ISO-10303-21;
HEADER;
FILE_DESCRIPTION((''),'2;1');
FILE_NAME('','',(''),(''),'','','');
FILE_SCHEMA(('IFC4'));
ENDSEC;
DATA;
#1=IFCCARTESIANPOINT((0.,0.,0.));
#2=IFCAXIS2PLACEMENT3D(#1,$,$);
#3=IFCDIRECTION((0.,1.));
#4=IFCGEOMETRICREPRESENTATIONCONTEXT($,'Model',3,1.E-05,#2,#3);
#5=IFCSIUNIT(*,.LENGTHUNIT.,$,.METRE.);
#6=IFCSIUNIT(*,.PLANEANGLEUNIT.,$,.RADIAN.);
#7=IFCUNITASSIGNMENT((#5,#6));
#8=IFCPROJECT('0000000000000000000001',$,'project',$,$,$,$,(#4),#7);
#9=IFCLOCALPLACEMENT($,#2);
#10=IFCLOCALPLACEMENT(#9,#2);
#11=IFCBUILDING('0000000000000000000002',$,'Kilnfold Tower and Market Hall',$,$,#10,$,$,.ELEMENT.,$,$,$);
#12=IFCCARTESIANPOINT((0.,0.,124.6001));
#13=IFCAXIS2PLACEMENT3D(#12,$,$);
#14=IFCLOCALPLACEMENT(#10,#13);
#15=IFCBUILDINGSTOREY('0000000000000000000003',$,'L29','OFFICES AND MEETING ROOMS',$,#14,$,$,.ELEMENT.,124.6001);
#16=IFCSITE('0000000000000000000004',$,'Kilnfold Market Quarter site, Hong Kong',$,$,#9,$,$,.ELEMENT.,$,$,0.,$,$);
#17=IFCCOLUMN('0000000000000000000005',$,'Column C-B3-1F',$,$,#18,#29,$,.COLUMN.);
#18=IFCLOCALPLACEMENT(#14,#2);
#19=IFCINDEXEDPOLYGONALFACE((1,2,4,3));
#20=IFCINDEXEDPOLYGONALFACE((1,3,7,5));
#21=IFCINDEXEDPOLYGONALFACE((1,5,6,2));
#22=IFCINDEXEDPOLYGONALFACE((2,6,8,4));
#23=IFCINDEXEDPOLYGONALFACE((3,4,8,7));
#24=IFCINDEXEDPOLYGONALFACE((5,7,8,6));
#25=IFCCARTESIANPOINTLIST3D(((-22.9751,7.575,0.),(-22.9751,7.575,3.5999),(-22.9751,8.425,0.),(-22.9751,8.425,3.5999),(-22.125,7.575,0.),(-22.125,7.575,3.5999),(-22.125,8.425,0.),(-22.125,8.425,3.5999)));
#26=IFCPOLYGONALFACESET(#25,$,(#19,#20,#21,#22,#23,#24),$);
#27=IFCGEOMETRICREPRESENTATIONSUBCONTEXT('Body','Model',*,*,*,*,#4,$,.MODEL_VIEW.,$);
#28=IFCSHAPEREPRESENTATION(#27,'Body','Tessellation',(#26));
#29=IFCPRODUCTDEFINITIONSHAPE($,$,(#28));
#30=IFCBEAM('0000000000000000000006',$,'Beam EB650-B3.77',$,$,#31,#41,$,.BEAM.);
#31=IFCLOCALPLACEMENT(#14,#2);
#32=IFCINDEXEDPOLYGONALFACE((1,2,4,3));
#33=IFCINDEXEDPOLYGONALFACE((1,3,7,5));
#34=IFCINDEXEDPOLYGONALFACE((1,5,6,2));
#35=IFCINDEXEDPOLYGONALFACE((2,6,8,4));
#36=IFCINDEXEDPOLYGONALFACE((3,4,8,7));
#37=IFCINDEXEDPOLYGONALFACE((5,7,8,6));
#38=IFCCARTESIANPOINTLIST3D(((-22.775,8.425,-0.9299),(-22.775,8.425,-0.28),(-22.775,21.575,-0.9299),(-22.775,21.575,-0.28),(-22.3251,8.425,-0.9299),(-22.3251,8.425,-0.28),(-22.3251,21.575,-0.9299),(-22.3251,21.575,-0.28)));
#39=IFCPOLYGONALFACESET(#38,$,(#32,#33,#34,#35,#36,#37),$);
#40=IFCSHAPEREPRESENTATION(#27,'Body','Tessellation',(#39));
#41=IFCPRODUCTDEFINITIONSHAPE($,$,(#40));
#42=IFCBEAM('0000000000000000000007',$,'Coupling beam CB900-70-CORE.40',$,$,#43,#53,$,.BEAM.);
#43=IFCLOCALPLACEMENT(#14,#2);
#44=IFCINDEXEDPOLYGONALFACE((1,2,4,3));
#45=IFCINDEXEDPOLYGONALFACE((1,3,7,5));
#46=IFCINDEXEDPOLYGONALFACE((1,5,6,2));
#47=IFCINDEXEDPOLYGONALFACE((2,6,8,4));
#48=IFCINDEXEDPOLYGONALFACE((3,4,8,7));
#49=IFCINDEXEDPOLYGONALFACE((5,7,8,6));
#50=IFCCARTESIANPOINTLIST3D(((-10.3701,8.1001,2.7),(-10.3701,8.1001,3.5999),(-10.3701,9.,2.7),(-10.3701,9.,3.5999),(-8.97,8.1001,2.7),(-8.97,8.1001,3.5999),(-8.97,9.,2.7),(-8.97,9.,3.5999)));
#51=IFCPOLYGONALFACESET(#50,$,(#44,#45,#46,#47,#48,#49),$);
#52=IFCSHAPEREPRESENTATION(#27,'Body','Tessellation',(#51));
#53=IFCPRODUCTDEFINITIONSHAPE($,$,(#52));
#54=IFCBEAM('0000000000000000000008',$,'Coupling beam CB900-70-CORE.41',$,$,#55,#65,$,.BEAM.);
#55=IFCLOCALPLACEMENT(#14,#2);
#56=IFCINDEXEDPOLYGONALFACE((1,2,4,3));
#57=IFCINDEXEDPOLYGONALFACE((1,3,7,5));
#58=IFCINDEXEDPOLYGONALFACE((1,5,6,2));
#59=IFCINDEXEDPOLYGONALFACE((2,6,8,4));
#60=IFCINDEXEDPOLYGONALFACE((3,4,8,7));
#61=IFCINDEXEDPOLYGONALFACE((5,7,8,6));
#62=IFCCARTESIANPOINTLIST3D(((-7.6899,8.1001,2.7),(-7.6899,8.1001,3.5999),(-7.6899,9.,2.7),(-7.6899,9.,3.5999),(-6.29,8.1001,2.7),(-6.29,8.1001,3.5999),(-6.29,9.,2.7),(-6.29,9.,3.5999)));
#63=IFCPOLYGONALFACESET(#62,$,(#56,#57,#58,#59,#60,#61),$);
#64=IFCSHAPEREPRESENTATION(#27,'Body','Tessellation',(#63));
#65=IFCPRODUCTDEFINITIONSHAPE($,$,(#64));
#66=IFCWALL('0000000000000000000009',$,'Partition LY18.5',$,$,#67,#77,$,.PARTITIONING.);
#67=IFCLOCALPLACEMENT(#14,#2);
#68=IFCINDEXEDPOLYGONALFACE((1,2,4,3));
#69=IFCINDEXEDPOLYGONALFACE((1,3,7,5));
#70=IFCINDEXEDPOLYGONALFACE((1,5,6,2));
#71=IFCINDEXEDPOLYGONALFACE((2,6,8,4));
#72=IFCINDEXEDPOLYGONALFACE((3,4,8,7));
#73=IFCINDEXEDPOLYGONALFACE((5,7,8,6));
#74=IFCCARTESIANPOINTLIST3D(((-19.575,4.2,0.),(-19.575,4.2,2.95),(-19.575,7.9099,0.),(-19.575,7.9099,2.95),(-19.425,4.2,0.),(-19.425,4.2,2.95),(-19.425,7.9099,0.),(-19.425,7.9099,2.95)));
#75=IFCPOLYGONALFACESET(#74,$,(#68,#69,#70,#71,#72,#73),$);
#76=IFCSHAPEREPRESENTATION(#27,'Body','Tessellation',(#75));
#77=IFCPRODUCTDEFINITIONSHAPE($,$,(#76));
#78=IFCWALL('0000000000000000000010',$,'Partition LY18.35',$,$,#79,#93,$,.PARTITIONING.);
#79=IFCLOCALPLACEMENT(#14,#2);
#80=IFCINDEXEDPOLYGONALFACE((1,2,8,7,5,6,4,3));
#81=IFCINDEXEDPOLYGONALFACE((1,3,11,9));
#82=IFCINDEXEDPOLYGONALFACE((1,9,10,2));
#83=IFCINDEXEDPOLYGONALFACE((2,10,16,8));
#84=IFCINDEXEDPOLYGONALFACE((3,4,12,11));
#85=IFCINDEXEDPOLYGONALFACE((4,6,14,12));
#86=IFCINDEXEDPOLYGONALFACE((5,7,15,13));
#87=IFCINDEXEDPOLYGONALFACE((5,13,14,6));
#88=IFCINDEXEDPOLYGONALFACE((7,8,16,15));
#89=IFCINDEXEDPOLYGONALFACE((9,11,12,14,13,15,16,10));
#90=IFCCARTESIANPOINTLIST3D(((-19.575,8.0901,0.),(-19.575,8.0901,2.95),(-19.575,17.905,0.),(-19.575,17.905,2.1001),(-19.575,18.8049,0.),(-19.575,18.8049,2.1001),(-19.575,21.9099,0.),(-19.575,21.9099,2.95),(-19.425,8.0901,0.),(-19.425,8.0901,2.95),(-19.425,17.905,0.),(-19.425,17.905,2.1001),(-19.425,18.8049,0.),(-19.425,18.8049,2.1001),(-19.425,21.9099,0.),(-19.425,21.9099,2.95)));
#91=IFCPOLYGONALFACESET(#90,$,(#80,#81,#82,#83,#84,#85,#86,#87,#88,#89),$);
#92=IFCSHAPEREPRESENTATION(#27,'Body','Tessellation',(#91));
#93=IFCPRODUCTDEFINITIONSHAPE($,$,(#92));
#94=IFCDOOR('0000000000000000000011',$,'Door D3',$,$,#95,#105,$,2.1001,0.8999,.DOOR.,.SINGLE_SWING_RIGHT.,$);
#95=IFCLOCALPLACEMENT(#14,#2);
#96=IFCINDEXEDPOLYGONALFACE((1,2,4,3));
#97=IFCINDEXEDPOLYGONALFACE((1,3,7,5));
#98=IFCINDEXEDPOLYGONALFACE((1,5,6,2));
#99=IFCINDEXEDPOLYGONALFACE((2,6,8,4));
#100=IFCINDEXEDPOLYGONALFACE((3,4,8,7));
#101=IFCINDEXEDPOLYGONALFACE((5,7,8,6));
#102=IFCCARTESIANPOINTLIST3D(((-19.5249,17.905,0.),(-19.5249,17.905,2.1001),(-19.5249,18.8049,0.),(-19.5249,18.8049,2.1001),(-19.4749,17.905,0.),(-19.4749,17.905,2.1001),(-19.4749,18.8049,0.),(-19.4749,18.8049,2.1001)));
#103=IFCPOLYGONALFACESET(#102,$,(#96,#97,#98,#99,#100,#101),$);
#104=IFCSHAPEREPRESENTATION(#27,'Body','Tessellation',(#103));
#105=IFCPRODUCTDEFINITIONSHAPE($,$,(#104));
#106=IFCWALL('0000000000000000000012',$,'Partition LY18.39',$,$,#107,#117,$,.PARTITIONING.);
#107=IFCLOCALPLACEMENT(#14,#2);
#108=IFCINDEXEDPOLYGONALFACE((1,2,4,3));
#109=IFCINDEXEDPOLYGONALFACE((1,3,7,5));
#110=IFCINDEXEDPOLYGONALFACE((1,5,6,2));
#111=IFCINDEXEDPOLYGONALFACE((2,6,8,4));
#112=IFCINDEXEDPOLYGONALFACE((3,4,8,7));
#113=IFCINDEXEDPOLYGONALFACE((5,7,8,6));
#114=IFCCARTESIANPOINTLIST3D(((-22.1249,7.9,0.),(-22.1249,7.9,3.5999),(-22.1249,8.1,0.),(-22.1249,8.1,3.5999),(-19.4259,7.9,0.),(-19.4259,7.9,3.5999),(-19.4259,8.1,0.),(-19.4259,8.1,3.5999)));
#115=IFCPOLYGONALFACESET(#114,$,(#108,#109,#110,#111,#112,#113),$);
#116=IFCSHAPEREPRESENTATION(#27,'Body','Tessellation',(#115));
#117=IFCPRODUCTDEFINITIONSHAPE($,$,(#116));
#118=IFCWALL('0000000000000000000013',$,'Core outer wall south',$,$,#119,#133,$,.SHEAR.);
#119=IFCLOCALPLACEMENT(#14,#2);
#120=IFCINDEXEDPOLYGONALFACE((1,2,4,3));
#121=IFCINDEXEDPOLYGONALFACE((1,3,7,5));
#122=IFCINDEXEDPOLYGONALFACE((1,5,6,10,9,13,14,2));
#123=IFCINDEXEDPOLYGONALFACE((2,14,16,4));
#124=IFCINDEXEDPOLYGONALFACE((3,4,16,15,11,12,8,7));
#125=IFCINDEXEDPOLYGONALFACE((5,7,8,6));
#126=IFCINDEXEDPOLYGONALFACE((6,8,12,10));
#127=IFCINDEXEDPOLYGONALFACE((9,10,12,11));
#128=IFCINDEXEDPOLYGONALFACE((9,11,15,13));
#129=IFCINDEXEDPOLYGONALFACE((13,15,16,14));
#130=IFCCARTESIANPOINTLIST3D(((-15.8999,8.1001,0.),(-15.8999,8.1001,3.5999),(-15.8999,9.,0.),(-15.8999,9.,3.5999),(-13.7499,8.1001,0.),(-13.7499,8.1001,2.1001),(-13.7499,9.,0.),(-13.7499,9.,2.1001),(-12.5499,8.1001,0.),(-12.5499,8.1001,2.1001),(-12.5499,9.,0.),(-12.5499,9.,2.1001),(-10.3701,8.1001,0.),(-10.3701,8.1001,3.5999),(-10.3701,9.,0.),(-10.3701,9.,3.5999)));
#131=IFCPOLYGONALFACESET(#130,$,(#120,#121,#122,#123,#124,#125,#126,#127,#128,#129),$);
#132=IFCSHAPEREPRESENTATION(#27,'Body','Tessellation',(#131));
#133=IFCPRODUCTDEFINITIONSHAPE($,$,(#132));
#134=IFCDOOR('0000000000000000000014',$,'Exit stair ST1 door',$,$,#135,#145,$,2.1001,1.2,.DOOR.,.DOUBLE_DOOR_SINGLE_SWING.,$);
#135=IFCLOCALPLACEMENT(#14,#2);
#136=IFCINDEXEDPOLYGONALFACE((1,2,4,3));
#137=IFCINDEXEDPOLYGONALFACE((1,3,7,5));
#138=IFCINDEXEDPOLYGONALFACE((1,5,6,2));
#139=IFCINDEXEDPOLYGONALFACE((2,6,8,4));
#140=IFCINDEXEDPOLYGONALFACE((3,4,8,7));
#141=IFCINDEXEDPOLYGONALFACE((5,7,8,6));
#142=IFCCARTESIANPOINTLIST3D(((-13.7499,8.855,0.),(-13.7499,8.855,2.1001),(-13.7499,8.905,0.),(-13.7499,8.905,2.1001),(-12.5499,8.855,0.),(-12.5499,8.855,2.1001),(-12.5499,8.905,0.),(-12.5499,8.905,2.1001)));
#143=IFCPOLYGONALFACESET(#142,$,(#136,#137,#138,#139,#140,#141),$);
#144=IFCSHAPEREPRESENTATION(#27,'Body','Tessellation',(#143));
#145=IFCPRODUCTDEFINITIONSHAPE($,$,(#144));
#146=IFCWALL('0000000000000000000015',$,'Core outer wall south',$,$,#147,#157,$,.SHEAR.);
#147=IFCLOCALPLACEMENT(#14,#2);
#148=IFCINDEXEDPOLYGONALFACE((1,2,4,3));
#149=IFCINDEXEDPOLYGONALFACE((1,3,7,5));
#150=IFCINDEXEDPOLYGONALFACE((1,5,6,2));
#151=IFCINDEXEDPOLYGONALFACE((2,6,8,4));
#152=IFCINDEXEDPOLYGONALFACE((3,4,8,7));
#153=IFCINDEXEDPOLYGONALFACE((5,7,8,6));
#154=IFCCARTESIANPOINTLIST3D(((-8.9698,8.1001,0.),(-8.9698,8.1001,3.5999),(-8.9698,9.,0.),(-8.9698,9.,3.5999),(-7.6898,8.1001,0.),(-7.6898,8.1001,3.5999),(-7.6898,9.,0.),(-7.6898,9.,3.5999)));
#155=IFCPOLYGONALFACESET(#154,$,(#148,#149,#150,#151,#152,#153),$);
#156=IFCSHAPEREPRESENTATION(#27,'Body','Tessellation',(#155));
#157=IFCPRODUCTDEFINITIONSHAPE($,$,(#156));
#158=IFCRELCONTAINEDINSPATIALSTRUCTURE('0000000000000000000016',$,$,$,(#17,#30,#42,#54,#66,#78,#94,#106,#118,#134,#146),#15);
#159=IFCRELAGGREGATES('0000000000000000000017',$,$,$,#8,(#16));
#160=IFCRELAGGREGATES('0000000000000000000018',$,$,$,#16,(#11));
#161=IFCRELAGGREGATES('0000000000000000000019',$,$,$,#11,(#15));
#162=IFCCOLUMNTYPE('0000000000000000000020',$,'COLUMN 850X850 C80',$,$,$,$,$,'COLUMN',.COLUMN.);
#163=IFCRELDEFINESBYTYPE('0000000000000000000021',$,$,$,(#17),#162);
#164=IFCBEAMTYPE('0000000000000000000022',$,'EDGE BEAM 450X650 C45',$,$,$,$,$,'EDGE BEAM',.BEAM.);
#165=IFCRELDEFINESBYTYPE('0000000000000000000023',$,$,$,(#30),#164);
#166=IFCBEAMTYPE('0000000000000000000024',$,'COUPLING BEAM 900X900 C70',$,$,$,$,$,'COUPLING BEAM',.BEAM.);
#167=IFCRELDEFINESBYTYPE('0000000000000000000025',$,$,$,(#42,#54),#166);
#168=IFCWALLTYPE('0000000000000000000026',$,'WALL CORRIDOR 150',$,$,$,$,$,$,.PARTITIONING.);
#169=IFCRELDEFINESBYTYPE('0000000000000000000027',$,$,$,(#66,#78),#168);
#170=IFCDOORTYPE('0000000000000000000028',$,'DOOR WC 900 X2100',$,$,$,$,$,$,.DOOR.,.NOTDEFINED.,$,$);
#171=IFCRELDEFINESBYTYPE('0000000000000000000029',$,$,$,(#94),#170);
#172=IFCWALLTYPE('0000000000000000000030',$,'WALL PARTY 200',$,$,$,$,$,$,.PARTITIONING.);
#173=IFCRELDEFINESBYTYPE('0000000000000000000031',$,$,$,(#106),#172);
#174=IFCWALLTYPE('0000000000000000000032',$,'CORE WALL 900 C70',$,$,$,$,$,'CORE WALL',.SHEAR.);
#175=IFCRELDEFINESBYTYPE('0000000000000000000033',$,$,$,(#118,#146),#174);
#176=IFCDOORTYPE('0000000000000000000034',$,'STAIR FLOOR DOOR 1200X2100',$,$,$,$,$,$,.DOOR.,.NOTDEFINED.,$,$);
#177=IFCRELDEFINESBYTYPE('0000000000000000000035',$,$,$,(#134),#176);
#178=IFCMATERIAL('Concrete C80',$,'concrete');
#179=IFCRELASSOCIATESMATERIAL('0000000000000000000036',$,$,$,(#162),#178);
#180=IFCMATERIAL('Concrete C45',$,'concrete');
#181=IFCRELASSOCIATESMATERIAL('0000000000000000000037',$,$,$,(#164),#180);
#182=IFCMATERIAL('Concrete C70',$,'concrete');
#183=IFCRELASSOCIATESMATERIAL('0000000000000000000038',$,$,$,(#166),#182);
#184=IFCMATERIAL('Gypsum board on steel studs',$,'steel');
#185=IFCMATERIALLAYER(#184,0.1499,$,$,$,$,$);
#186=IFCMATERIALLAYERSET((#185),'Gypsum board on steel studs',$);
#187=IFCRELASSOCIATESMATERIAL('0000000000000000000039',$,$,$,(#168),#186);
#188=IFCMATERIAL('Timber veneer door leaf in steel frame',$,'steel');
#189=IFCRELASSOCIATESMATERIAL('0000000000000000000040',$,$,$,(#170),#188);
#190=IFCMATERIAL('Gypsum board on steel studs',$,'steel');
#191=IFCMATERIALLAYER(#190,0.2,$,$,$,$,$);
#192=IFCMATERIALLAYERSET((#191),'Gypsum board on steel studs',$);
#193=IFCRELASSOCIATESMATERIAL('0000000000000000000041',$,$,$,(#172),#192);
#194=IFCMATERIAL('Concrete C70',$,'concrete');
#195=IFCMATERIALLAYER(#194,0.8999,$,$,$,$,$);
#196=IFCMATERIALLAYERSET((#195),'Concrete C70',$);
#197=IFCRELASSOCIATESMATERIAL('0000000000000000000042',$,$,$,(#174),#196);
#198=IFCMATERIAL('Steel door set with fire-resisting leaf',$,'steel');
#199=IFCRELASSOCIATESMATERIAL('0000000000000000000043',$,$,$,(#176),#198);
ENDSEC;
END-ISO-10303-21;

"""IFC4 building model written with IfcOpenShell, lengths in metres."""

from ifc_helpers import new_model, si_unit, direction, frame, frame_2d, origin, origin_2d, place, context, subcontext, project, spatial, rectangle, extrude, source, transform, mapped, material, layer, layer_set, material_profile, profile_set, type_object, element, fill, save


model = new_model("IFC4")

# Units and contexts
model_context = context("Model", 3, precision=1e-05, world=origin(), true_north=direction((0.0, 1.0)))
body_context = subcontext(model_context, "Body", "Model", "MODEL_VIEW")
ifc_project = project(units=[si_unit("LENGTHUNIT", "METRE"), si_unit("PLANEANGLEUNIT", "RADIAN")], contexts=[model_context])

# Site, building, storey
site_placement = place(None, origin())
site = spatial("IfcSite", under=ifc_project, at=site_placement, Name="Kilnfold Market Quarter site, Hong Kong", CompositionType="ELEMENT", RefElevation=0.0)
building_placement = place(site_placement, origin())
building = spatial("IfcBuilding", under=site, at=building_placement, Name="Kilnfold Tower and Market Hall", CompositionType="ELEMENT")
storey_placement = place(building_placement, frame((0.0, 0.0, 124.6001)))
storey = spatial("IfcBuildingStorey", under=building, at=storey_placement, Name="L29", Description="OFFICES AND MEETING ROOMS", CompositionType="ELEMENT", Elevation=124.6001)

# Column
ifc_material_1 = material(Name="Concrete C80", Category="concrete")
ifc_material_profile_1 = material_profile(ifc_material_1, rectangle(XDim=0.8501, YDim=0.8501, at=origin_2d()), Name="RC 850x850")
ifc_profile_set_1 = profile_set([ifc_material_profile_1], Name="Concrete C80")
column_type = type_object("IfcColumnType", Name="COLUMN 850X850 C80", ElementType="COLUMN", PredefinedType="COLUMN", material=ifc_profile_set_1)
shared_shape_1 = source(origin(), body_context, "Body", "SweptSolid", [
    extrude(rectangle(XDim=0.8501, YDim=0.8501, at=origin_2d()), origin(), (0.0, 0.0, 1.0), 3.5999),
])
column_placement = place(storey_placement, frame((-22.55, 8.0, 0.0), z_axis=(0.0, 0.0, 1.0), x_axis=(1.0, 0.0, 0.0)))
element("IfcColumn", 1, at=column_placement, inside=storey, type_object=column_type, Name="Column C-B3-1F", PredefinedType="COLUMN", context=body_context, shape_type="MappedRepresentation", body=[
    mapped(shared_shape_1, transform((0.0, 0.0, 0.0))),
])

# Beams
ifc_material_2 = material(Name="Concrete C45", Category="concrete")
ifc_material_profile_2 = material_profile(ifc_material_2, rectangle(XDim=0.45, YDim=0.6499, at=origin_2d()), Name="RC 450x650")
ifc_profile_set_2 = profile_set([ifc_material_profile_2], Name="Concrete C45")
beam_type_1 = type_object("IfcBeamType", Name="EDGE BEAM 450X650 C45", ElementType="EDGE BEAM", PredefinedType="BEAM", material=ifc_profile_set_2)
shared_shape_2 = source(origin(), body_context, "Body", "SweptSolid", [
    extrude(rectangle(XDim=0.45, YDim=0.6499, at=origin_2d()), origin(), (0.0, 0.0, 1.0), 13.1499),
])
beam_1_placement = place(storey_placement, frame((-22.55, 8.425, -0.605), z_axis=(0.0, 1.0, 0.0), x_axis=(-1.0, 0.0, 0.0)))
element("IfcBeam", 2, at=beam_1_placement, inside=storey, type_object=beam_type_1, Name="Beam EB650-B3.77", PredefinedType="BEAM", context=body_context, shape_type="MappedRepresentation", body=[
    mapped(shared_shape_2, transform((0.0, 0.0, 0.0))),
])
ifc_material_3 = material(Name="Concrete C70", Category="concrete")
ifc_material_profile_3 = material_profile(ifc_material_3, rectangle(XDim=0.8999, YDim=0.8999, at=origin_2d()), Name="RC 900x900")
ifc_profile_set_3 = profile_set([ifc_material_profile_3], Name="Concrete C70")
beam_type_2 = type_object("IfcBeamType", Name="COUPLING BEAM 900X900 C70", ElementType="COUPLING BEAM", PredefinedType="BEAM", material=ifc_profile_set_3)
shared_shape_3 = source(origin(), body_context, "Body", "SweptSolid", [
    extrude(rectangle(XDim=0.8999, YDim=0.8999, at=origin_2d()), origin(), (0.0, 0.0, 1.0), 1.4001),
])
beam_2_placement = place(storey_placement, frame((-10.3701, 8.55, 3.1499), z_axis=(1.0, 0.0, 0.0), x_axis=(0.0, 1.0, 0.0)))
element("IfcBeam", 3, at=beam_2_placement, inside=storey, type_object=beam_type_2, Name="Coupling beam CB900-70-CORE.40", PredefinedType="BEAM", context=body_context, shape_type="MappedRepresentation", body=[
    mapped(shared_shape_3, transform((0.0, 0.0, 0.0))),
])
shared_shape_4 = source(origin(), body_context, "Body", "SweptSolid", [
    extrude(rectangle(XDim=0.8999, YDim=0.8999, at=origin_2d()), origin(), (0.0, 0.0, 1.0), 1.3999),
])
beam_3_placement = place(storey_placement, frame((-7.6899, 8.55, 3.1499), z_axis=(1.0, 0.0, 0.0), x_axis=(0.0, 1.0, 0.0)))
element("IfcBeam", 4, at=beam_3_placement, inside=storey, type_object=beam_type_2, Name="Coupling beam CB900-70-CORE.41", PredefinedType="BEAM", context=body_context, shape_type="MappedRepresentation", body=[
    mapped(shared_shape_4, transform((0.0, 0.0, 0.0))),
])

# Wall
ifc_material_4 = material(Name="Gypsum board on steel studs", Category="steel")
ifc_layer_1 = layer(ifc_material_4, 0.1499)
ifc_layer_set_1 = layer_set([ifc_layer_1], Name="Gypsum board on steel studs")
wall_type_1 = type_object("IfcWallType", Name="WALL CORRIDOR 150", PredefinedType="PARTITIONING", material=ifc_layer_set_1)
wall_1_placement = place(storey_placement, frame((-19.5, 4.2, 0.0), z_axis=(0.0, 0.0, 1.0), x_axis=(0.0, 1.0, 0.0)))
element("IfcWall", 5, at=wall_1_placement, inside=storey, type_object=wall_type_1, Name="Partition LY18.5", PredefinedType="PARTITIONING", context=body_context, shape_type="SweptSolid", body=[
    extrude(rectangle(XDim=3.71, YDim=0.1499, at=frame_2d((1.855, 0.0))), origin(), (0.0, 0.0, 1.0), 2.95),
])

# Wall, opening, door
wall_2_placement = place(storey_placement, frame((-19.5, 8.0901, 0.0), z_axis=(0.0, 0.0, 1.0), x_axis=(0.0, 1.0, 0.0)))
wall_2 = element("IfcWall", 6, at=wall_2_placement, inside=storey, type_object=wall_type_1, Name="Partition LY18.35", PredefinedType="PARTITIONING", context=body_context, shape_type="SweptSolid", body=[
    extrude(rectangle(XDim=13.8198, YDim=0.1499, at=frame_2d((6.9099, 0.0))), origin(), (0.0, 0.0, 1.0), 2.95),
])
opening_1_placement = place(wall_2_placement, frame((9.8149, 0.0, 0.0)))
opening_1 = element("IfcOpeningElement", 7, at=opening_1_placement, cuts=wall_2, PredefinedType="OPENING", context=body_context, shape_type="SweptSolid", body=[
    extrude(rectangle(XDim=0.8999, YDim=2.1001, at=frame_2d((0.45, 1.05))), frame((0.0, 0.085, 0.0), z_axis=(0.0, -1.0, 0.0), x_axis=(1.0, 0.0, 0.0)), (0.0, 0.0, 1.0), 0.1699),
])
ifc_material_5 = material(Name="Timber veneer door leaf in steel frame", Category="steel")
door_type_1 = type_object("IfcDoorType", Name="DOOR WC 900 X2100", OperationType="NOTDEFINED", PredefinedType="DOOR", material=ifc_material_5)
door_1_placement = place(opening_1_placement, origin())
door_1 = element("IfcDoor", 8, at=door_1_placement, inside=storey, type_object=door_type_1, Name="Door D3", OperationType="SINGLE_SWING_RIGHT", OverallHeight=2.1001, OverallWidth=0.8999, PredefinedType="DOOR", context=body_context, shape_type="SweptSolid", body=[
    extrude(rectangle(XDim=0.8999, YDim=2.1001, at=frame_2d((0.45, 1.05))), frame((0.0, 0.0249, 0.0), z_axis=(0.0, -1.0, 0.0), x_axis=(1.0, 0.0, 0.0)), (0.0, 0.0, 1.0), 0.05),
])
fill(opening_1, door_1)

# Wall
ifc_material_6 = material(Name="Gypsum board on steel studs", Category="steel")
ifc_layer_2 = layer(ifc_material_6, 0.2)
ifc_layer_set_2 = layer_set([ifc_layer_2], Name="Gypsum board on steel studs")
wall_type_2 = type_object("IfcWallType", Name="WALL PARTY 200", PredefinedType="PARTITIONING", material=ifc_layer_set_2)
wall_3_placement = place(storey_placement, frame((-22.125, 8.0, 0.0), z_axis=(0.0, 0.0, 1.0), x_axis=(1.0, 0.0, 0.0)))
element("IfcWall", 9, at=wall_3_placement, inside=storey, type_object=wall_type_2, Name="Partition LY18.39", PredefinedType="PARTITIONING", context=body_context, shape_type="SweptSolid", body=[
    extrude(rectangle(XDim=2.699, YDim=0.2, at=frame_2d((1.3496, 0.0))), origin(), (0.0, 0.0, 1.0), 3.5999),
])

# Wall, opening, door
ifc_material_7 = material(Name="Concrete C70", Category="concrete")
ifc_layer_3 = layer(ifc_material_7, 0.8999)
ifc_layer_set_3 = layer_set([ifc_layer_3], Name="Concrete C70")
wall_type_3 = type_object("IfcWallType", Name="CORE WALL 900 C70", ElementType="CORE WALL", PredefinedType="SHEAR", material=ifc_layer_set_3)
shared_shape_5 = source(origin(), body_context, "Body", "SweptSolid", [
    extrude(rectangle(XDim=5.5298, YDim=0.8999, at=frame_2d((2.7649, 0.0))), origin(), (0.0, 0.0, 1.0), 3.5999),
])
wall_4_placement = place(storey_placement, frame((-15.8999, 8.55, 0.0), z_axis=(0.0, 0.0, 1.0), x_axis=(1.0, 0.0, 0.0)))
wall_4 = element("IfcWall", 10, at=wall_4_placement, inside=storey, type_object=wall_type_3, Name="Core outer wall south", PredefinedType="SHEAR", context=body_context, shape_type="MappedRepresentation", body=[
    mapped(shared_shape_5, transform((0.0, 0.0, 0.0))),
])
opening_2_placement = place(wall_4_placement, frame((2.1499, 0.0, 0.0)))
opening_2 = element("IfcOpeningElement", 11, at=opening_2_placement, cuts=wall_4, PredefinedType="OPENING", context=body_context, shape_type="SweptSolid", body=[
    extrude(rectangle(XDim=1.2, YDim=2.1001, at=frame_2d((0.6001, 1.05))), frame((0.0, 0.46, 0.0), z_axis=(0.0, -1.0, 0.0), x_axis=(1.0, 0.0, 0.0)), (0.0, 0.0, 1.0), 0.9199),
])
ifc_material_8 = material(Name="Steel door set with fire-resisting leaf", Category="steel")
door_type_2 = type_object("IfcDoorType", Name="STAIR FLOOR DOOR 1200X2100", OperationType="NOTDEFINED", PredefinedType="DOOR", material=ifc_material_8)
door_2_placement = place(opening_2_placement, origin())
door_2 = element("IfcDoor", 12, at=door_2_placement, inside=storey, type_object=door_type_2, Name="Exit stair ST1 door", OperationType="DOUBLE_DOOR_SINGLE_SWING", OverallHeight=2.1001, OverallWidth=1.2, PredefinedType="DOOR", context=body_context, shape_type="SweptSolid", body=[
    extrude(rectangle(XDim=1.2, YDim=2.1001, at=frame_2d((0.6001, 1.05))), frame((0.0, 0.355, 0.0), z_axis=(0.0, -1.0, 0.0), x_axis=(1.0, 0.0, 0.0)), (0.0, 0.0, 1.0), 0.05),
])
fill(opening_2, door_2)

# Wall
shared_shape_6 = source(origin(), body_context, "Body", "SweptSolid", [
    extrude(rectangle(XDim=1.28, YDim=0.8999, at=frame_2d((0.6401, 0.0))), origin(), (0.0, 0.0, 1.0), 3.5999),
])
wall_5_placement = place(storey_placement, frame((-8.97, 8.55, 0.0), z_axis=(0.0, 0.0, 1.0), x_axis=(1.0, 0.0, 0.0)))
element("IfcWall", 13, at=wall_5_placement, inside=storey, type_object=wall_type_3, Name="Core outer wall south", PredefinedType="SHEAR", context=body_context, shape_type="MappedRepresentation", body=[
    mapped(shared_shape_6, transform((0.0, 0.0, 0.0))),
])

save(model, "model.ifc")
